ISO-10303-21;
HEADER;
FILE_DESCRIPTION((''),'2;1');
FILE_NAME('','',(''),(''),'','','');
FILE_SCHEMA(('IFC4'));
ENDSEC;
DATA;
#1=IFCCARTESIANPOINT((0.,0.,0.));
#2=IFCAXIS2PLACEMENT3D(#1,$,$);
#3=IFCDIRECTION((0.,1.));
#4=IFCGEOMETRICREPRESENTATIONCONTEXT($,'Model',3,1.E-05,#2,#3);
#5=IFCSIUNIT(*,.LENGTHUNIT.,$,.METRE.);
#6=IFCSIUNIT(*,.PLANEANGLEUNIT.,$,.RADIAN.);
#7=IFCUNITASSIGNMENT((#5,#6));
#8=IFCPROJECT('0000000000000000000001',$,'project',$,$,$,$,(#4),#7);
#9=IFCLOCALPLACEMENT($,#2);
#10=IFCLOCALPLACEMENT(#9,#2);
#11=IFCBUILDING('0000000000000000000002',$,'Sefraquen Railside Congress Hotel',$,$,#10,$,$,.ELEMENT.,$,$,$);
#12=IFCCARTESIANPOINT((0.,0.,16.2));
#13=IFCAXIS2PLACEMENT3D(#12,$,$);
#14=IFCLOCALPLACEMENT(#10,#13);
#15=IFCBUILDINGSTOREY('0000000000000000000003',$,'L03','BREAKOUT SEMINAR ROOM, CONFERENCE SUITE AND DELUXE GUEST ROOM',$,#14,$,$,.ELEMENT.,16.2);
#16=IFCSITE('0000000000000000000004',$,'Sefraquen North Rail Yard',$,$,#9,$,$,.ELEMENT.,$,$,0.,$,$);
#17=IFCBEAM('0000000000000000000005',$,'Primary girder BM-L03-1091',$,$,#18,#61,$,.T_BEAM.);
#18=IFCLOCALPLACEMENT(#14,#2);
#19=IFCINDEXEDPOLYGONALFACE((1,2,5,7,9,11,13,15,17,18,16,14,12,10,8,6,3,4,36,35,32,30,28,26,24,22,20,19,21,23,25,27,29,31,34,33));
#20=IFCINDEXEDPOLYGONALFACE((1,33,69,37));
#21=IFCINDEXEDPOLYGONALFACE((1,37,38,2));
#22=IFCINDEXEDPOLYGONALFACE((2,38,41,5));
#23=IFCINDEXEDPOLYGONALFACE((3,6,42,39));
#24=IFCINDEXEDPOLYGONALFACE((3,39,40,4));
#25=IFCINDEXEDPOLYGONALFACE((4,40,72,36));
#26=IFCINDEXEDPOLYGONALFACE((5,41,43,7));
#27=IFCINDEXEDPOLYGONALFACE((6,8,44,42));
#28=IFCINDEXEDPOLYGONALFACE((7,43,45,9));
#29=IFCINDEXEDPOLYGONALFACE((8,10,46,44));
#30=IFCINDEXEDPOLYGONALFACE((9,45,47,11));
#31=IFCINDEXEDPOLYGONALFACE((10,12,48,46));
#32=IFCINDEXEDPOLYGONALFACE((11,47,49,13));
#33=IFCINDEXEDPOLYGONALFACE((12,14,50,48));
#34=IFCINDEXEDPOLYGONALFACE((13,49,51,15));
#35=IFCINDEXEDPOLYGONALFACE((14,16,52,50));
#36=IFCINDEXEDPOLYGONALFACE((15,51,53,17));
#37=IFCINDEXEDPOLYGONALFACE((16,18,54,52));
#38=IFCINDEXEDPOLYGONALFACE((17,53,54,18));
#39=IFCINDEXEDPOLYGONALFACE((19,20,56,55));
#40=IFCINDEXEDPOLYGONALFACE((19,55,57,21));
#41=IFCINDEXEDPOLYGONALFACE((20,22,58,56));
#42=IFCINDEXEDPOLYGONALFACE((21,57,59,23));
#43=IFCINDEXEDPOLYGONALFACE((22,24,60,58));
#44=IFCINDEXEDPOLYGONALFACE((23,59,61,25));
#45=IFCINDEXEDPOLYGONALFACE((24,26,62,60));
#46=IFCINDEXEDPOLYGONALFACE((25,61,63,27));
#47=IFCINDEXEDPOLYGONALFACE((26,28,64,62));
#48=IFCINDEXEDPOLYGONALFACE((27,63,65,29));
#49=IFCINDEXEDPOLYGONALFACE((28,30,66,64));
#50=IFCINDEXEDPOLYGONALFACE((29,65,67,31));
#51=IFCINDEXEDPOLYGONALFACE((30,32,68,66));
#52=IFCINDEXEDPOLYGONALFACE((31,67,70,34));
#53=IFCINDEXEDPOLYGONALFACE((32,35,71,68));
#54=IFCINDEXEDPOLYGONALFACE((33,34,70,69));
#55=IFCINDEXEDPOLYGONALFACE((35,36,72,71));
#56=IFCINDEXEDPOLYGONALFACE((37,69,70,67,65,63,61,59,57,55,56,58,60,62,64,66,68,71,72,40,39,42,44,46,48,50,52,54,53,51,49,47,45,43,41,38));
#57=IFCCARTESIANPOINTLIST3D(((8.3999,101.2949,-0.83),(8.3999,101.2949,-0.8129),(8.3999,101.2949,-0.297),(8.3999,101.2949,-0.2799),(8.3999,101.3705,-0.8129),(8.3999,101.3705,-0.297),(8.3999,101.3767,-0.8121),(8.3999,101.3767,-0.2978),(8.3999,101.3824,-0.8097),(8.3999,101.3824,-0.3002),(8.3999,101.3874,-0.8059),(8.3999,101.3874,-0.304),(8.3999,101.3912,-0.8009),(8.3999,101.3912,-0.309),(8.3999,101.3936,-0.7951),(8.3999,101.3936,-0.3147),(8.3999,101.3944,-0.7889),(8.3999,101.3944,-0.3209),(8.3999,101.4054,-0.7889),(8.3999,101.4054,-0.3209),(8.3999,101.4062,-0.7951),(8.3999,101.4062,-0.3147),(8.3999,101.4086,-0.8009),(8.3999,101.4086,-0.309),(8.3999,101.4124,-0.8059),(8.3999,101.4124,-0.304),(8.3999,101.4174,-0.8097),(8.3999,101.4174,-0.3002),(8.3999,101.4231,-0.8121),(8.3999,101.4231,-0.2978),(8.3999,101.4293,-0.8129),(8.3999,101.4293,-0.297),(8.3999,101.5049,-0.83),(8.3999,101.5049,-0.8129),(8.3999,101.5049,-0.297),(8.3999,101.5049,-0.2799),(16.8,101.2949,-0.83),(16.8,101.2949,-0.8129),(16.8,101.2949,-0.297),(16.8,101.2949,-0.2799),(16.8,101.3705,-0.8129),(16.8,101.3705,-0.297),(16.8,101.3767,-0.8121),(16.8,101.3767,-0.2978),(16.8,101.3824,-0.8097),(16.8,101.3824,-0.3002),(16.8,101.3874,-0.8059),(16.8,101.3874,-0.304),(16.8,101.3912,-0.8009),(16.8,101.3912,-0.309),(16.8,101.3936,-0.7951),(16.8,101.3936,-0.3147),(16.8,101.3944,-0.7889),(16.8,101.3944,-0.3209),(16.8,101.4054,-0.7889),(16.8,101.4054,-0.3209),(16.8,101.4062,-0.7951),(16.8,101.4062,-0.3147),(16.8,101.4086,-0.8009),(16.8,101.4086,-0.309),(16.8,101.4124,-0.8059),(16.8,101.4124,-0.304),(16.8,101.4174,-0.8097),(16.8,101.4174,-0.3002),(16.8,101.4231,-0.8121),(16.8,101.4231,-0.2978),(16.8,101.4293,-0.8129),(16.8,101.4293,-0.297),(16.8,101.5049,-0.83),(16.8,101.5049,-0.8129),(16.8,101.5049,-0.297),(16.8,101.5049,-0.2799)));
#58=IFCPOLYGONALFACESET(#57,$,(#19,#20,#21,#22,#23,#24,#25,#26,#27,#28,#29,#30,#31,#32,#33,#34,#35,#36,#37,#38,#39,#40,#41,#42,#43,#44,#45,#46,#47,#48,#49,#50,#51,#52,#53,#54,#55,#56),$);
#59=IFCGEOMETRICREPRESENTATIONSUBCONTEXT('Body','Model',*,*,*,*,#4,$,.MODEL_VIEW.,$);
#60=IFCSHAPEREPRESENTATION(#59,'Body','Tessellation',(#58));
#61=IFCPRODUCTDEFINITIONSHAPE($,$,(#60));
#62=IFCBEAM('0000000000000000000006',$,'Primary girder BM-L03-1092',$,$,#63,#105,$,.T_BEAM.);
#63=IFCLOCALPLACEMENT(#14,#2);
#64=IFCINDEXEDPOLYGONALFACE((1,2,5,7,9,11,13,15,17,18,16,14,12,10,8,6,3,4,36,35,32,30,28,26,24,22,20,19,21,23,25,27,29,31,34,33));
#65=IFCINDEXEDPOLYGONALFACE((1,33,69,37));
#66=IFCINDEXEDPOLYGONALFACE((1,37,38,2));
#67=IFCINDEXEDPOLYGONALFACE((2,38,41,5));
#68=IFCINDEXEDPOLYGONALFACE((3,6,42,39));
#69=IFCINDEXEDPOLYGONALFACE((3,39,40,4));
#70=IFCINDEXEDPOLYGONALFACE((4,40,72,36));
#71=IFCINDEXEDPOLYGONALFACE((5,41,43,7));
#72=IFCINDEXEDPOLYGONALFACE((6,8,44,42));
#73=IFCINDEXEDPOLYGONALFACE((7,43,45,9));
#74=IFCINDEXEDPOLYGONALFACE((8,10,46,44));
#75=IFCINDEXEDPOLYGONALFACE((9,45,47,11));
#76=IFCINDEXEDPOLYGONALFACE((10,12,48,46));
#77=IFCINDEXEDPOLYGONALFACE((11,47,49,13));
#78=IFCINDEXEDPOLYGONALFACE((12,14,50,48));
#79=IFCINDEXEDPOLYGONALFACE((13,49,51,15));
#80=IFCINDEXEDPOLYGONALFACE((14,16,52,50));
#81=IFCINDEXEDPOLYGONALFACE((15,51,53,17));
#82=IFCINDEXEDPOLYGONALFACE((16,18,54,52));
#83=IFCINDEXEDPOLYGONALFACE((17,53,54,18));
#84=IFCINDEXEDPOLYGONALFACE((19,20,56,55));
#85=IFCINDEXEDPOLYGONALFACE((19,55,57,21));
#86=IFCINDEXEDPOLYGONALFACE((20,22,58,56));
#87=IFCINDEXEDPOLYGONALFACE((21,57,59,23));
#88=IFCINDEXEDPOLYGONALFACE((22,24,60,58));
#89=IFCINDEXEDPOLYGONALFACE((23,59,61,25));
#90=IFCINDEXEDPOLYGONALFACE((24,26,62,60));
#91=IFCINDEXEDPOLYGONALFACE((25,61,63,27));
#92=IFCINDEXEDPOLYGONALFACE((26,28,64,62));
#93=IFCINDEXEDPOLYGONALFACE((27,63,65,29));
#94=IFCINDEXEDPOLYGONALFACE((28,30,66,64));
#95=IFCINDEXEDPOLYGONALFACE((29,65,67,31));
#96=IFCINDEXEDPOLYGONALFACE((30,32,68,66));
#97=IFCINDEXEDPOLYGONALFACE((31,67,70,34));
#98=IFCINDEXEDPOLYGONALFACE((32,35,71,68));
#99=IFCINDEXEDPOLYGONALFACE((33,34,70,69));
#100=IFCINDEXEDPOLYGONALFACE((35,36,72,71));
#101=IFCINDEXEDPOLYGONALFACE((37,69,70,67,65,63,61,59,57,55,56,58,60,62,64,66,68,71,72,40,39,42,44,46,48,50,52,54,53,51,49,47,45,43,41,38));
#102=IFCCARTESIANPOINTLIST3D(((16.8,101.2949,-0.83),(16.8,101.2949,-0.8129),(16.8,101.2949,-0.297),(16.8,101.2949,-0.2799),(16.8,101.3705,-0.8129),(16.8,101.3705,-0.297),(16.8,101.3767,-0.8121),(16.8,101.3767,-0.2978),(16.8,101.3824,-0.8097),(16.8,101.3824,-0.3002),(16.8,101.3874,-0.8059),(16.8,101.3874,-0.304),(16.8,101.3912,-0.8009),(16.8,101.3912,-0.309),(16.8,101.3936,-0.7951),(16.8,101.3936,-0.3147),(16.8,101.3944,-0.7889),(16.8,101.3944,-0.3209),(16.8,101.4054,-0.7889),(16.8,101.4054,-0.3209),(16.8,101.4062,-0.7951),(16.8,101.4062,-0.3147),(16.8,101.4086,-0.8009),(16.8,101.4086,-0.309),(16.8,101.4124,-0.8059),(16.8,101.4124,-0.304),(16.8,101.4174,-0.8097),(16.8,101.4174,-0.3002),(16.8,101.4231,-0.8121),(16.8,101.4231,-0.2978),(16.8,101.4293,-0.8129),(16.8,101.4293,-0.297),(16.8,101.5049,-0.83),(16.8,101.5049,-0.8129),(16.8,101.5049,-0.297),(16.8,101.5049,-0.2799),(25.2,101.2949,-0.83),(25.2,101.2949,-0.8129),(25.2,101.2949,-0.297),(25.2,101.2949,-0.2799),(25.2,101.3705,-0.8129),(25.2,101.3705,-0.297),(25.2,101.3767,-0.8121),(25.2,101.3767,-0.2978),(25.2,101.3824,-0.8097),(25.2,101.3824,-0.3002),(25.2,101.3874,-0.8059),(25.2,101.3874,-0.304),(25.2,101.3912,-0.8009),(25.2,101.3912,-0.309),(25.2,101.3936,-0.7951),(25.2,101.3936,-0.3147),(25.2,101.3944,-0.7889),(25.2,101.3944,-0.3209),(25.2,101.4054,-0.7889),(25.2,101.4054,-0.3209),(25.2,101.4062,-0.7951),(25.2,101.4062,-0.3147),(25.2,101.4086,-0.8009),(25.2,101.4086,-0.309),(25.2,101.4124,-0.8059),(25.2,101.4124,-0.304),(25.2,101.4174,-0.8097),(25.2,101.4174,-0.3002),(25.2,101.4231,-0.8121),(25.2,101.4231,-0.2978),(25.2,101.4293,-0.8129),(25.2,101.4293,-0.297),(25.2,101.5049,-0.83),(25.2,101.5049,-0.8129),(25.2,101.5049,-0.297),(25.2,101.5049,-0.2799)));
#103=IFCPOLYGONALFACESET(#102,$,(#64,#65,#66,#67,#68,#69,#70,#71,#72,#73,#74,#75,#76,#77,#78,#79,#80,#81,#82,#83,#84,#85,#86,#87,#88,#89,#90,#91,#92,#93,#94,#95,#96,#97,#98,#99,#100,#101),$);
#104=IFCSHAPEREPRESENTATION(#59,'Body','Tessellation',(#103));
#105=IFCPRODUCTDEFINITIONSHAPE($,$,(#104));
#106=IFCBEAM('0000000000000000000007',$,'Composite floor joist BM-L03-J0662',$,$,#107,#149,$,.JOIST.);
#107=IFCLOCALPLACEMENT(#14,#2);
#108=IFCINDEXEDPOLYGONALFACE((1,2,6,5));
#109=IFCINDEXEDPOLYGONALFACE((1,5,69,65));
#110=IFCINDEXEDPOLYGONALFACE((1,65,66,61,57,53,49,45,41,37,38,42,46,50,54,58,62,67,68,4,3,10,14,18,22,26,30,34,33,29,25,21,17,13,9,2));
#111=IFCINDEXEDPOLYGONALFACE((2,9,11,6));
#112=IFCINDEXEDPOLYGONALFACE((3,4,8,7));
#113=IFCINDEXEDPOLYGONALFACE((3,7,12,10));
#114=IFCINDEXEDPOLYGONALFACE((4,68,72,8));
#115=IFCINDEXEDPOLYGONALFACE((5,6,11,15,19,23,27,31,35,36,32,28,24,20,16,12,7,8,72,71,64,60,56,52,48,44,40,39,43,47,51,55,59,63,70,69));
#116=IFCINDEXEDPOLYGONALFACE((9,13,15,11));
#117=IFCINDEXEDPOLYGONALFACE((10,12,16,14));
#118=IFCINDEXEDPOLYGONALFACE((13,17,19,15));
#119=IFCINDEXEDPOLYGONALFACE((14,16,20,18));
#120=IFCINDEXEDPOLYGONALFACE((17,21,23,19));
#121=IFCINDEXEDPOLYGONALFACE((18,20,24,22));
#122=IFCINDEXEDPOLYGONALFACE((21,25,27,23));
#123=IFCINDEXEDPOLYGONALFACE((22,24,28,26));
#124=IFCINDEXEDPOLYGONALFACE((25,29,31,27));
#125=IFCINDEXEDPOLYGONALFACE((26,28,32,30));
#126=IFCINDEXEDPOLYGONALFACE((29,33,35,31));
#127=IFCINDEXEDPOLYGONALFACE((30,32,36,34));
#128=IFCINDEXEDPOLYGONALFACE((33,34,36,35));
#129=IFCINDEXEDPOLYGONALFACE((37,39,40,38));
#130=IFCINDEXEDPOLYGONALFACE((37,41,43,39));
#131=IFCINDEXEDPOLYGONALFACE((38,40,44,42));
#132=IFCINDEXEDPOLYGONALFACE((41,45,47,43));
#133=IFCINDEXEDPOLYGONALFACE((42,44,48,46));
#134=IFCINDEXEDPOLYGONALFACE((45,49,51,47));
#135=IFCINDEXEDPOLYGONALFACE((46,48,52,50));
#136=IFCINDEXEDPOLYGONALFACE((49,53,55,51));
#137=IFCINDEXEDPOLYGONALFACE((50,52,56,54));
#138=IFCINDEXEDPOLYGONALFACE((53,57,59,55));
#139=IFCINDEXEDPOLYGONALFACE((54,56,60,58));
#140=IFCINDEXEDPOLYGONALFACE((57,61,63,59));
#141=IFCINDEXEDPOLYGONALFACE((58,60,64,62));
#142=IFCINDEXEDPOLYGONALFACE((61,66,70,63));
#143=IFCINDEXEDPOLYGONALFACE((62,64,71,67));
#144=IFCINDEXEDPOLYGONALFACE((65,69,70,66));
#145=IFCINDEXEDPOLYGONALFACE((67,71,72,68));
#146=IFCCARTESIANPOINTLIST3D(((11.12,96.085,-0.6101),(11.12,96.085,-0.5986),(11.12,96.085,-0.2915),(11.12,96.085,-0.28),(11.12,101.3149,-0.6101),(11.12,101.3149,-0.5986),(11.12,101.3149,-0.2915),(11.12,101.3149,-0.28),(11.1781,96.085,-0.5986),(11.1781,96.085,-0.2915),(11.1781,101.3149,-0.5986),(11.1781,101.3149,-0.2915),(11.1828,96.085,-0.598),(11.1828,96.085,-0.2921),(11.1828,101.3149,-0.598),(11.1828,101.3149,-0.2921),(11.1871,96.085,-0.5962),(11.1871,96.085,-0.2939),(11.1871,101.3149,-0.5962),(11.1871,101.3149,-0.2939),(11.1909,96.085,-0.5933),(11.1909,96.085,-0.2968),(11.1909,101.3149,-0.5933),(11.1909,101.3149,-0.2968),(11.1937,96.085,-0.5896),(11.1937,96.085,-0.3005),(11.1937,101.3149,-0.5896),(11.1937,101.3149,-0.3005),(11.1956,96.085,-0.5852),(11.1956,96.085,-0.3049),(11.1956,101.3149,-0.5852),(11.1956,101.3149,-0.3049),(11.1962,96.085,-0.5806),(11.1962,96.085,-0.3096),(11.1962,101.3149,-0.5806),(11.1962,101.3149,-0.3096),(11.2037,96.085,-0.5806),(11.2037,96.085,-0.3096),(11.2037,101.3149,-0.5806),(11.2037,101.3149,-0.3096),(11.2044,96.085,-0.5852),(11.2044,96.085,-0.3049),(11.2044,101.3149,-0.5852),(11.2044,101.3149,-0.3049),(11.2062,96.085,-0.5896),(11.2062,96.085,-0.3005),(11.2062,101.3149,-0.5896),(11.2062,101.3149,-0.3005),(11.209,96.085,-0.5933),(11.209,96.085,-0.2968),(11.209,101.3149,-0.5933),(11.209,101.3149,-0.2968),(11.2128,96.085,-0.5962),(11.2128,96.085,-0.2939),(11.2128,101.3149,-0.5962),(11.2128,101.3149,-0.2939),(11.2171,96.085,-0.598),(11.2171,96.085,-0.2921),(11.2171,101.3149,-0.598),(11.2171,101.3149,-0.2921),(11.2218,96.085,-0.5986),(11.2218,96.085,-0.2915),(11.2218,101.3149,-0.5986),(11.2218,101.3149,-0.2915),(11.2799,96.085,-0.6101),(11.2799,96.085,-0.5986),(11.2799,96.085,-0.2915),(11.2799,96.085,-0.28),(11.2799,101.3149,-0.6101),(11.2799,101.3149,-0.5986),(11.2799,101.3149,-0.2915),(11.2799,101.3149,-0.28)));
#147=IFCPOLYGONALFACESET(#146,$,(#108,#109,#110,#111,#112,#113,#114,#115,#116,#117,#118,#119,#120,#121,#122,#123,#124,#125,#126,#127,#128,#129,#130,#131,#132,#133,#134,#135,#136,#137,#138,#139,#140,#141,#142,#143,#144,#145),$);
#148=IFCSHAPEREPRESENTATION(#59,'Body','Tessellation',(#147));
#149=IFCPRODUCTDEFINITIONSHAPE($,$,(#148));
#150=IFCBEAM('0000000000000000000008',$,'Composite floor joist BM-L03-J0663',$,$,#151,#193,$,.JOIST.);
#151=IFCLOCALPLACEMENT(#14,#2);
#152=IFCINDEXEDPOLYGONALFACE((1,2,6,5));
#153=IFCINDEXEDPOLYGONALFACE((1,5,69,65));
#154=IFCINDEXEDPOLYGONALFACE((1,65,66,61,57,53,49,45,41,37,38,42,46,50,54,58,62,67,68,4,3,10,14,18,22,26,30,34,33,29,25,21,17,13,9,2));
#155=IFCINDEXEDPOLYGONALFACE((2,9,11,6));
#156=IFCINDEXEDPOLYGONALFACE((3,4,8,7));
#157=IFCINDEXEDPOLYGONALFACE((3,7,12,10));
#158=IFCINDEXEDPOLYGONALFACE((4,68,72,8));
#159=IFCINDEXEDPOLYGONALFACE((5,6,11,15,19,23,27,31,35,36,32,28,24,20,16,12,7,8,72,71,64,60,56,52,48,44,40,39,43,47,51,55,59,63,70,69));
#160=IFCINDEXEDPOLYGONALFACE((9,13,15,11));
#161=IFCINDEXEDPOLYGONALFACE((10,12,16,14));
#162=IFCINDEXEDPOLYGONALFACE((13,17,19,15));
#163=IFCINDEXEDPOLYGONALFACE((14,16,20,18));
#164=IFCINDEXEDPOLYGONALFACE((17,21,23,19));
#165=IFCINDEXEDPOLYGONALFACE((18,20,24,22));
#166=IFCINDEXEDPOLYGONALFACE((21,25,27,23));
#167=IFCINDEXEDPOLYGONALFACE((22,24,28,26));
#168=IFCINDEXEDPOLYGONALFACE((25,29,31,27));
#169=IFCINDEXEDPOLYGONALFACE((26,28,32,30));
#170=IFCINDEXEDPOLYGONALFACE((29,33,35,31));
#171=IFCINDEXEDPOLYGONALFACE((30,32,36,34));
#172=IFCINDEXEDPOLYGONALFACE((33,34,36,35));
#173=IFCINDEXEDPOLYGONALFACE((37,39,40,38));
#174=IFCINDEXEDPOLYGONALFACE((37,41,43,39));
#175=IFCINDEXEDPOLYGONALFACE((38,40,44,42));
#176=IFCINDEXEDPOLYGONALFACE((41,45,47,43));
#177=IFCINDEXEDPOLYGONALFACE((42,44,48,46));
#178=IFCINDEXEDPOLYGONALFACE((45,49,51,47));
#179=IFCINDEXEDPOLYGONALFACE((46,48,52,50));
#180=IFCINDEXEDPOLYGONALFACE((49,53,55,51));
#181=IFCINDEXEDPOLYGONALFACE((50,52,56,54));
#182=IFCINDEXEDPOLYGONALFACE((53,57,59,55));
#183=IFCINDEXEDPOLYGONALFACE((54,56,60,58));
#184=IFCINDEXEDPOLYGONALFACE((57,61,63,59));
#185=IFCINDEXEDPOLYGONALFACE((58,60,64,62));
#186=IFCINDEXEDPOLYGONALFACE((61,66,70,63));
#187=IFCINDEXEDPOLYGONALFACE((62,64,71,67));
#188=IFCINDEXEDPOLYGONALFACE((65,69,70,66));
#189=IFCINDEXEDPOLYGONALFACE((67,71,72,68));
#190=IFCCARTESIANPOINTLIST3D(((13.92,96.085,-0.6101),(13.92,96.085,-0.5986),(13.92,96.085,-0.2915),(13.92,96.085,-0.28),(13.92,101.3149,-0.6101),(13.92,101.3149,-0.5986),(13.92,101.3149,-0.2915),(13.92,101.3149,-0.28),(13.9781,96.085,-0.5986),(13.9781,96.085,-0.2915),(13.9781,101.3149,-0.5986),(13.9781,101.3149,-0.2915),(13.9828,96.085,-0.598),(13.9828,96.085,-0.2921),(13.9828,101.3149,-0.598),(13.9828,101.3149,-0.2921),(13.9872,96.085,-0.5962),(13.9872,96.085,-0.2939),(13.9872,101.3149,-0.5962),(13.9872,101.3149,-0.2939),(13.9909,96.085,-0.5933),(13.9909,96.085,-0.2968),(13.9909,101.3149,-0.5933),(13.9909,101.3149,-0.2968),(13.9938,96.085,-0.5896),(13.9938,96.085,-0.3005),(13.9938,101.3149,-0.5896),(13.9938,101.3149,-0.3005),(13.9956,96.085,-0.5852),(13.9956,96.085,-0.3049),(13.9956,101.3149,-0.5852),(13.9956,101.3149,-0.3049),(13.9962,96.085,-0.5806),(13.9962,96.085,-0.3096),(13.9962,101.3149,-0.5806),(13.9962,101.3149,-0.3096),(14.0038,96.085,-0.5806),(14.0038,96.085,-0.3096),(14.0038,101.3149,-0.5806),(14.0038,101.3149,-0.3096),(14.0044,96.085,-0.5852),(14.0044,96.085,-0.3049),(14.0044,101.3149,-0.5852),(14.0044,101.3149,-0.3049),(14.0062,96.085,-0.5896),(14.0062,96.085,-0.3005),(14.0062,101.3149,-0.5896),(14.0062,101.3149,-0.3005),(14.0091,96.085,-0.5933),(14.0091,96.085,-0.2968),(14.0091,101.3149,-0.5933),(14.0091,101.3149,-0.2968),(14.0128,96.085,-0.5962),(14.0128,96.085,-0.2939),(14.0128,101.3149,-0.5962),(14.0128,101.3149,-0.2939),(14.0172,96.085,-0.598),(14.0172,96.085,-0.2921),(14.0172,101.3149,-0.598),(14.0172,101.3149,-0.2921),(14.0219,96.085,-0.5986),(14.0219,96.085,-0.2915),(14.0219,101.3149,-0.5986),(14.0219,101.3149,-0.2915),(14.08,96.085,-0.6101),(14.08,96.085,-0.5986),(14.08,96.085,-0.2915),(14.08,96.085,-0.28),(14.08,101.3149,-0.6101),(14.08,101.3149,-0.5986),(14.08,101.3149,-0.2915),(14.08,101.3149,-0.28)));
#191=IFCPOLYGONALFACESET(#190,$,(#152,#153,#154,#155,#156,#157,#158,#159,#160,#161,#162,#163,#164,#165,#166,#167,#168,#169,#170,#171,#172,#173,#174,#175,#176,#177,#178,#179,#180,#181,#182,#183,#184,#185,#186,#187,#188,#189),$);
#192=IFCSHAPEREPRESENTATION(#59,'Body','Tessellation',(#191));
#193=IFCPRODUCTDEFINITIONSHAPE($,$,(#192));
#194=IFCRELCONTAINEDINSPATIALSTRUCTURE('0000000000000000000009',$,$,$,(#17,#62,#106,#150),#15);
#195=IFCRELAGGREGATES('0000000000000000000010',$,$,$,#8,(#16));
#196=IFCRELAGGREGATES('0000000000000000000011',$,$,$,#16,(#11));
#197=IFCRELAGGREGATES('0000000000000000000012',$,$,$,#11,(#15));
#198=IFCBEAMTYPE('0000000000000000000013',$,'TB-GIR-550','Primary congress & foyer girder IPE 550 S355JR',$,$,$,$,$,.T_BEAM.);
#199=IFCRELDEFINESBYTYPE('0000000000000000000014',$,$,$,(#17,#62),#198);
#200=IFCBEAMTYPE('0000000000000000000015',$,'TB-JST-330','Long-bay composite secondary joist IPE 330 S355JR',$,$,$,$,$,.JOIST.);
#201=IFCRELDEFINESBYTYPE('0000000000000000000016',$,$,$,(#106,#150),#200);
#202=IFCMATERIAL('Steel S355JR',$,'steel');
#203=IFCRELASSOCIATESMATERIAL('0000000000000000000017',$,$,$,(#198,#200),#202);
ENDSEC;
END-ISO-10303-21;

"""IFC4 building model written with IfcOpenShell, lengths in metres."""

from ifc_helpers import new_model, si_unit, direction, frame, origin, origin_2d, place, context, subcontext, project, spatial, i_section, extrude, material, material_profile, profile_set, type_object, element, save


model = new_model("IFC4")

# Units and contexts
model_context = context("Model", 3, precision=1e-05, world=origin(), true_north=direction((0.0, 1.0)))
body_context = subcontext(model_context, "Body", "Model", "MODEL_VIEW")
ifc_project = project(units=[si_unit("LENGTHUNIT", "METRE"), si_unit("PLANEANGLEUNIT", "RADIAN")], contexts=[model_context])

# Site, building, storey
site_placement = place(None, origin())
site = spatial("IfcSite", under=ifc_project, at=site_placement, Name="Sefraquen North Rail Yard", CompositionType="ELEMENT", RefElevation=0.0)
building_placement = place(site_placement, origin())
building = spatial("IfcBuilding", under=site, at=building_placement, Name="Sefraquen Railside Congress Hotel", CompositionType="ELEMENT")
storey_placement = place(building_placement, frame((0.0, 0.0, 16.2)))
storey = spatial("IfcBuildingStorey", under=building, at=storey_placement, Name="L03", Description="BREAKOUT SEMINAR ROOM, CONFERENCE SUITE AND DELUXE GUEST ROOM", CompositionType="ELEMENT", Elevation=16.2)

# Shared definitions
ifc_material_1 = material(Name="Steel S355JR", Category="steel")

# Beams
ifc_material_profile_1 = material_profile(ifc_material_1, i_section(OverallWidth=0.21, OverallDepth=0.55, WebThickness=0.011, FlangeThickness=0.0171, FilletRadius=0.0239, at=origin_2d()), Name="IPE 550")
ifc_profile_set_1 = profile_set([ifc_material_profile_1], Name="Steel S355JR")
beam_type_1 = type_object("IfcBeamType", Name="TB-GIR-550", Description="Primary congress & foyer girder IPE 550 S355JR", PredefinedType="T_BEAM", material=ifc_profile_set_1)
beam_1_placement = place(storey_placement, frame((8.3999, 101.3999, -0.5549), z_axis=(1.0, 0.0, 0.0), x_axis=(0.0, 1.0, 0.0)))
element("IfcBeam", 1, at=beam_1_placement, inside=storey, type_object=beam_type_1, Name="Primary girder BM-L03-1091", PredefinedType="T_BEAM", context=body_context, shape_type="SweptSolid", body=[
    extrude(i_section(OverallWidth=0.21, OverallDepth=0.55, WebThickness=0.011, FlangeThickness=0.0171, FilletRadius=0.0239, at=origin_2d()), origin(), (0.0, 0.0, 1.0), 8.4001),
])
beam_2_placement = place(storey_placement, frame((16.8, 101.3999, -0.5549), z_axis=(1.0, 0.0, 0.0), x_axis=(0.0, 1.0, 0.0)))
element("IfcBeam", 2, at=beam_2_placement, inside=storey, type_object=beam_type_1, Name="Primary girder BM-L03-1092", PredefinedType="T_BEAM", context=body_context, shape_type="SweptSolid", body=[
    extrude(i_section(OverallWidth=0.21, OverallDepth=0.55, WebThickness=0.011, FlangeThickness=0.0171, FilletRadius=0.0239, at=origin_2d()), origin(), (0.0, 0.0, 1.0), 8.3999),
])
ifc_material_profile_2 = material_profile(ifc_material_1, i_section(OverallWidth=0.1599, OverallDepth=0.3301, WebThickness=0.0076, FlangeThickness=0.0115, FilletRadius=0.0181, at=origin_2d()), Name="IPE 330")
ifc_profile_set_2 = profile_set([ifc_material_profile_2], Name="Steel S355JR")
beam_type_2 = type_object("IfcBeamType", Name="TB-JST-330", Description="Long-bay composite secondary joist IPE 330 S355JR", PredefinedType="JOIST", material=ifc_profile_set_2)
for number, where, z_axis, x_axis, name in (
    (3, (11.2, 96.085, -0.4451), (0.0, 1.0, 0.0), (-1.0, 0.0, 0.0), "Composite floor joist BM-L03-J0662"),
    (4, (14.0, 96.085, -0.4451), (0.0, 1.0, 0.0), (-1.0, 0.0, 0.0), "Composite floor joist BM-L03-J0663"),
):
    element("IfcBeam", number, at=place(storey_placement, frame(where, z_axis=z_axis, x_axis=x_axis)), inside=storey, type_object=beam_type_2, Name=name, PredefinedType="JOIST", context=body_context, shape_type="SweptSolid", body=[
        extrude(i_section(OverallWidth=0.1599, OverallDepth=0.3301, WebThickness=0.0076, FlangeThickness=0.0115, FilletRadius=0.0181, at=origin_2d()), origin(), (0.0, 0.0, 1.0), 5.23),
    ])

save(model, "model.ifc")
